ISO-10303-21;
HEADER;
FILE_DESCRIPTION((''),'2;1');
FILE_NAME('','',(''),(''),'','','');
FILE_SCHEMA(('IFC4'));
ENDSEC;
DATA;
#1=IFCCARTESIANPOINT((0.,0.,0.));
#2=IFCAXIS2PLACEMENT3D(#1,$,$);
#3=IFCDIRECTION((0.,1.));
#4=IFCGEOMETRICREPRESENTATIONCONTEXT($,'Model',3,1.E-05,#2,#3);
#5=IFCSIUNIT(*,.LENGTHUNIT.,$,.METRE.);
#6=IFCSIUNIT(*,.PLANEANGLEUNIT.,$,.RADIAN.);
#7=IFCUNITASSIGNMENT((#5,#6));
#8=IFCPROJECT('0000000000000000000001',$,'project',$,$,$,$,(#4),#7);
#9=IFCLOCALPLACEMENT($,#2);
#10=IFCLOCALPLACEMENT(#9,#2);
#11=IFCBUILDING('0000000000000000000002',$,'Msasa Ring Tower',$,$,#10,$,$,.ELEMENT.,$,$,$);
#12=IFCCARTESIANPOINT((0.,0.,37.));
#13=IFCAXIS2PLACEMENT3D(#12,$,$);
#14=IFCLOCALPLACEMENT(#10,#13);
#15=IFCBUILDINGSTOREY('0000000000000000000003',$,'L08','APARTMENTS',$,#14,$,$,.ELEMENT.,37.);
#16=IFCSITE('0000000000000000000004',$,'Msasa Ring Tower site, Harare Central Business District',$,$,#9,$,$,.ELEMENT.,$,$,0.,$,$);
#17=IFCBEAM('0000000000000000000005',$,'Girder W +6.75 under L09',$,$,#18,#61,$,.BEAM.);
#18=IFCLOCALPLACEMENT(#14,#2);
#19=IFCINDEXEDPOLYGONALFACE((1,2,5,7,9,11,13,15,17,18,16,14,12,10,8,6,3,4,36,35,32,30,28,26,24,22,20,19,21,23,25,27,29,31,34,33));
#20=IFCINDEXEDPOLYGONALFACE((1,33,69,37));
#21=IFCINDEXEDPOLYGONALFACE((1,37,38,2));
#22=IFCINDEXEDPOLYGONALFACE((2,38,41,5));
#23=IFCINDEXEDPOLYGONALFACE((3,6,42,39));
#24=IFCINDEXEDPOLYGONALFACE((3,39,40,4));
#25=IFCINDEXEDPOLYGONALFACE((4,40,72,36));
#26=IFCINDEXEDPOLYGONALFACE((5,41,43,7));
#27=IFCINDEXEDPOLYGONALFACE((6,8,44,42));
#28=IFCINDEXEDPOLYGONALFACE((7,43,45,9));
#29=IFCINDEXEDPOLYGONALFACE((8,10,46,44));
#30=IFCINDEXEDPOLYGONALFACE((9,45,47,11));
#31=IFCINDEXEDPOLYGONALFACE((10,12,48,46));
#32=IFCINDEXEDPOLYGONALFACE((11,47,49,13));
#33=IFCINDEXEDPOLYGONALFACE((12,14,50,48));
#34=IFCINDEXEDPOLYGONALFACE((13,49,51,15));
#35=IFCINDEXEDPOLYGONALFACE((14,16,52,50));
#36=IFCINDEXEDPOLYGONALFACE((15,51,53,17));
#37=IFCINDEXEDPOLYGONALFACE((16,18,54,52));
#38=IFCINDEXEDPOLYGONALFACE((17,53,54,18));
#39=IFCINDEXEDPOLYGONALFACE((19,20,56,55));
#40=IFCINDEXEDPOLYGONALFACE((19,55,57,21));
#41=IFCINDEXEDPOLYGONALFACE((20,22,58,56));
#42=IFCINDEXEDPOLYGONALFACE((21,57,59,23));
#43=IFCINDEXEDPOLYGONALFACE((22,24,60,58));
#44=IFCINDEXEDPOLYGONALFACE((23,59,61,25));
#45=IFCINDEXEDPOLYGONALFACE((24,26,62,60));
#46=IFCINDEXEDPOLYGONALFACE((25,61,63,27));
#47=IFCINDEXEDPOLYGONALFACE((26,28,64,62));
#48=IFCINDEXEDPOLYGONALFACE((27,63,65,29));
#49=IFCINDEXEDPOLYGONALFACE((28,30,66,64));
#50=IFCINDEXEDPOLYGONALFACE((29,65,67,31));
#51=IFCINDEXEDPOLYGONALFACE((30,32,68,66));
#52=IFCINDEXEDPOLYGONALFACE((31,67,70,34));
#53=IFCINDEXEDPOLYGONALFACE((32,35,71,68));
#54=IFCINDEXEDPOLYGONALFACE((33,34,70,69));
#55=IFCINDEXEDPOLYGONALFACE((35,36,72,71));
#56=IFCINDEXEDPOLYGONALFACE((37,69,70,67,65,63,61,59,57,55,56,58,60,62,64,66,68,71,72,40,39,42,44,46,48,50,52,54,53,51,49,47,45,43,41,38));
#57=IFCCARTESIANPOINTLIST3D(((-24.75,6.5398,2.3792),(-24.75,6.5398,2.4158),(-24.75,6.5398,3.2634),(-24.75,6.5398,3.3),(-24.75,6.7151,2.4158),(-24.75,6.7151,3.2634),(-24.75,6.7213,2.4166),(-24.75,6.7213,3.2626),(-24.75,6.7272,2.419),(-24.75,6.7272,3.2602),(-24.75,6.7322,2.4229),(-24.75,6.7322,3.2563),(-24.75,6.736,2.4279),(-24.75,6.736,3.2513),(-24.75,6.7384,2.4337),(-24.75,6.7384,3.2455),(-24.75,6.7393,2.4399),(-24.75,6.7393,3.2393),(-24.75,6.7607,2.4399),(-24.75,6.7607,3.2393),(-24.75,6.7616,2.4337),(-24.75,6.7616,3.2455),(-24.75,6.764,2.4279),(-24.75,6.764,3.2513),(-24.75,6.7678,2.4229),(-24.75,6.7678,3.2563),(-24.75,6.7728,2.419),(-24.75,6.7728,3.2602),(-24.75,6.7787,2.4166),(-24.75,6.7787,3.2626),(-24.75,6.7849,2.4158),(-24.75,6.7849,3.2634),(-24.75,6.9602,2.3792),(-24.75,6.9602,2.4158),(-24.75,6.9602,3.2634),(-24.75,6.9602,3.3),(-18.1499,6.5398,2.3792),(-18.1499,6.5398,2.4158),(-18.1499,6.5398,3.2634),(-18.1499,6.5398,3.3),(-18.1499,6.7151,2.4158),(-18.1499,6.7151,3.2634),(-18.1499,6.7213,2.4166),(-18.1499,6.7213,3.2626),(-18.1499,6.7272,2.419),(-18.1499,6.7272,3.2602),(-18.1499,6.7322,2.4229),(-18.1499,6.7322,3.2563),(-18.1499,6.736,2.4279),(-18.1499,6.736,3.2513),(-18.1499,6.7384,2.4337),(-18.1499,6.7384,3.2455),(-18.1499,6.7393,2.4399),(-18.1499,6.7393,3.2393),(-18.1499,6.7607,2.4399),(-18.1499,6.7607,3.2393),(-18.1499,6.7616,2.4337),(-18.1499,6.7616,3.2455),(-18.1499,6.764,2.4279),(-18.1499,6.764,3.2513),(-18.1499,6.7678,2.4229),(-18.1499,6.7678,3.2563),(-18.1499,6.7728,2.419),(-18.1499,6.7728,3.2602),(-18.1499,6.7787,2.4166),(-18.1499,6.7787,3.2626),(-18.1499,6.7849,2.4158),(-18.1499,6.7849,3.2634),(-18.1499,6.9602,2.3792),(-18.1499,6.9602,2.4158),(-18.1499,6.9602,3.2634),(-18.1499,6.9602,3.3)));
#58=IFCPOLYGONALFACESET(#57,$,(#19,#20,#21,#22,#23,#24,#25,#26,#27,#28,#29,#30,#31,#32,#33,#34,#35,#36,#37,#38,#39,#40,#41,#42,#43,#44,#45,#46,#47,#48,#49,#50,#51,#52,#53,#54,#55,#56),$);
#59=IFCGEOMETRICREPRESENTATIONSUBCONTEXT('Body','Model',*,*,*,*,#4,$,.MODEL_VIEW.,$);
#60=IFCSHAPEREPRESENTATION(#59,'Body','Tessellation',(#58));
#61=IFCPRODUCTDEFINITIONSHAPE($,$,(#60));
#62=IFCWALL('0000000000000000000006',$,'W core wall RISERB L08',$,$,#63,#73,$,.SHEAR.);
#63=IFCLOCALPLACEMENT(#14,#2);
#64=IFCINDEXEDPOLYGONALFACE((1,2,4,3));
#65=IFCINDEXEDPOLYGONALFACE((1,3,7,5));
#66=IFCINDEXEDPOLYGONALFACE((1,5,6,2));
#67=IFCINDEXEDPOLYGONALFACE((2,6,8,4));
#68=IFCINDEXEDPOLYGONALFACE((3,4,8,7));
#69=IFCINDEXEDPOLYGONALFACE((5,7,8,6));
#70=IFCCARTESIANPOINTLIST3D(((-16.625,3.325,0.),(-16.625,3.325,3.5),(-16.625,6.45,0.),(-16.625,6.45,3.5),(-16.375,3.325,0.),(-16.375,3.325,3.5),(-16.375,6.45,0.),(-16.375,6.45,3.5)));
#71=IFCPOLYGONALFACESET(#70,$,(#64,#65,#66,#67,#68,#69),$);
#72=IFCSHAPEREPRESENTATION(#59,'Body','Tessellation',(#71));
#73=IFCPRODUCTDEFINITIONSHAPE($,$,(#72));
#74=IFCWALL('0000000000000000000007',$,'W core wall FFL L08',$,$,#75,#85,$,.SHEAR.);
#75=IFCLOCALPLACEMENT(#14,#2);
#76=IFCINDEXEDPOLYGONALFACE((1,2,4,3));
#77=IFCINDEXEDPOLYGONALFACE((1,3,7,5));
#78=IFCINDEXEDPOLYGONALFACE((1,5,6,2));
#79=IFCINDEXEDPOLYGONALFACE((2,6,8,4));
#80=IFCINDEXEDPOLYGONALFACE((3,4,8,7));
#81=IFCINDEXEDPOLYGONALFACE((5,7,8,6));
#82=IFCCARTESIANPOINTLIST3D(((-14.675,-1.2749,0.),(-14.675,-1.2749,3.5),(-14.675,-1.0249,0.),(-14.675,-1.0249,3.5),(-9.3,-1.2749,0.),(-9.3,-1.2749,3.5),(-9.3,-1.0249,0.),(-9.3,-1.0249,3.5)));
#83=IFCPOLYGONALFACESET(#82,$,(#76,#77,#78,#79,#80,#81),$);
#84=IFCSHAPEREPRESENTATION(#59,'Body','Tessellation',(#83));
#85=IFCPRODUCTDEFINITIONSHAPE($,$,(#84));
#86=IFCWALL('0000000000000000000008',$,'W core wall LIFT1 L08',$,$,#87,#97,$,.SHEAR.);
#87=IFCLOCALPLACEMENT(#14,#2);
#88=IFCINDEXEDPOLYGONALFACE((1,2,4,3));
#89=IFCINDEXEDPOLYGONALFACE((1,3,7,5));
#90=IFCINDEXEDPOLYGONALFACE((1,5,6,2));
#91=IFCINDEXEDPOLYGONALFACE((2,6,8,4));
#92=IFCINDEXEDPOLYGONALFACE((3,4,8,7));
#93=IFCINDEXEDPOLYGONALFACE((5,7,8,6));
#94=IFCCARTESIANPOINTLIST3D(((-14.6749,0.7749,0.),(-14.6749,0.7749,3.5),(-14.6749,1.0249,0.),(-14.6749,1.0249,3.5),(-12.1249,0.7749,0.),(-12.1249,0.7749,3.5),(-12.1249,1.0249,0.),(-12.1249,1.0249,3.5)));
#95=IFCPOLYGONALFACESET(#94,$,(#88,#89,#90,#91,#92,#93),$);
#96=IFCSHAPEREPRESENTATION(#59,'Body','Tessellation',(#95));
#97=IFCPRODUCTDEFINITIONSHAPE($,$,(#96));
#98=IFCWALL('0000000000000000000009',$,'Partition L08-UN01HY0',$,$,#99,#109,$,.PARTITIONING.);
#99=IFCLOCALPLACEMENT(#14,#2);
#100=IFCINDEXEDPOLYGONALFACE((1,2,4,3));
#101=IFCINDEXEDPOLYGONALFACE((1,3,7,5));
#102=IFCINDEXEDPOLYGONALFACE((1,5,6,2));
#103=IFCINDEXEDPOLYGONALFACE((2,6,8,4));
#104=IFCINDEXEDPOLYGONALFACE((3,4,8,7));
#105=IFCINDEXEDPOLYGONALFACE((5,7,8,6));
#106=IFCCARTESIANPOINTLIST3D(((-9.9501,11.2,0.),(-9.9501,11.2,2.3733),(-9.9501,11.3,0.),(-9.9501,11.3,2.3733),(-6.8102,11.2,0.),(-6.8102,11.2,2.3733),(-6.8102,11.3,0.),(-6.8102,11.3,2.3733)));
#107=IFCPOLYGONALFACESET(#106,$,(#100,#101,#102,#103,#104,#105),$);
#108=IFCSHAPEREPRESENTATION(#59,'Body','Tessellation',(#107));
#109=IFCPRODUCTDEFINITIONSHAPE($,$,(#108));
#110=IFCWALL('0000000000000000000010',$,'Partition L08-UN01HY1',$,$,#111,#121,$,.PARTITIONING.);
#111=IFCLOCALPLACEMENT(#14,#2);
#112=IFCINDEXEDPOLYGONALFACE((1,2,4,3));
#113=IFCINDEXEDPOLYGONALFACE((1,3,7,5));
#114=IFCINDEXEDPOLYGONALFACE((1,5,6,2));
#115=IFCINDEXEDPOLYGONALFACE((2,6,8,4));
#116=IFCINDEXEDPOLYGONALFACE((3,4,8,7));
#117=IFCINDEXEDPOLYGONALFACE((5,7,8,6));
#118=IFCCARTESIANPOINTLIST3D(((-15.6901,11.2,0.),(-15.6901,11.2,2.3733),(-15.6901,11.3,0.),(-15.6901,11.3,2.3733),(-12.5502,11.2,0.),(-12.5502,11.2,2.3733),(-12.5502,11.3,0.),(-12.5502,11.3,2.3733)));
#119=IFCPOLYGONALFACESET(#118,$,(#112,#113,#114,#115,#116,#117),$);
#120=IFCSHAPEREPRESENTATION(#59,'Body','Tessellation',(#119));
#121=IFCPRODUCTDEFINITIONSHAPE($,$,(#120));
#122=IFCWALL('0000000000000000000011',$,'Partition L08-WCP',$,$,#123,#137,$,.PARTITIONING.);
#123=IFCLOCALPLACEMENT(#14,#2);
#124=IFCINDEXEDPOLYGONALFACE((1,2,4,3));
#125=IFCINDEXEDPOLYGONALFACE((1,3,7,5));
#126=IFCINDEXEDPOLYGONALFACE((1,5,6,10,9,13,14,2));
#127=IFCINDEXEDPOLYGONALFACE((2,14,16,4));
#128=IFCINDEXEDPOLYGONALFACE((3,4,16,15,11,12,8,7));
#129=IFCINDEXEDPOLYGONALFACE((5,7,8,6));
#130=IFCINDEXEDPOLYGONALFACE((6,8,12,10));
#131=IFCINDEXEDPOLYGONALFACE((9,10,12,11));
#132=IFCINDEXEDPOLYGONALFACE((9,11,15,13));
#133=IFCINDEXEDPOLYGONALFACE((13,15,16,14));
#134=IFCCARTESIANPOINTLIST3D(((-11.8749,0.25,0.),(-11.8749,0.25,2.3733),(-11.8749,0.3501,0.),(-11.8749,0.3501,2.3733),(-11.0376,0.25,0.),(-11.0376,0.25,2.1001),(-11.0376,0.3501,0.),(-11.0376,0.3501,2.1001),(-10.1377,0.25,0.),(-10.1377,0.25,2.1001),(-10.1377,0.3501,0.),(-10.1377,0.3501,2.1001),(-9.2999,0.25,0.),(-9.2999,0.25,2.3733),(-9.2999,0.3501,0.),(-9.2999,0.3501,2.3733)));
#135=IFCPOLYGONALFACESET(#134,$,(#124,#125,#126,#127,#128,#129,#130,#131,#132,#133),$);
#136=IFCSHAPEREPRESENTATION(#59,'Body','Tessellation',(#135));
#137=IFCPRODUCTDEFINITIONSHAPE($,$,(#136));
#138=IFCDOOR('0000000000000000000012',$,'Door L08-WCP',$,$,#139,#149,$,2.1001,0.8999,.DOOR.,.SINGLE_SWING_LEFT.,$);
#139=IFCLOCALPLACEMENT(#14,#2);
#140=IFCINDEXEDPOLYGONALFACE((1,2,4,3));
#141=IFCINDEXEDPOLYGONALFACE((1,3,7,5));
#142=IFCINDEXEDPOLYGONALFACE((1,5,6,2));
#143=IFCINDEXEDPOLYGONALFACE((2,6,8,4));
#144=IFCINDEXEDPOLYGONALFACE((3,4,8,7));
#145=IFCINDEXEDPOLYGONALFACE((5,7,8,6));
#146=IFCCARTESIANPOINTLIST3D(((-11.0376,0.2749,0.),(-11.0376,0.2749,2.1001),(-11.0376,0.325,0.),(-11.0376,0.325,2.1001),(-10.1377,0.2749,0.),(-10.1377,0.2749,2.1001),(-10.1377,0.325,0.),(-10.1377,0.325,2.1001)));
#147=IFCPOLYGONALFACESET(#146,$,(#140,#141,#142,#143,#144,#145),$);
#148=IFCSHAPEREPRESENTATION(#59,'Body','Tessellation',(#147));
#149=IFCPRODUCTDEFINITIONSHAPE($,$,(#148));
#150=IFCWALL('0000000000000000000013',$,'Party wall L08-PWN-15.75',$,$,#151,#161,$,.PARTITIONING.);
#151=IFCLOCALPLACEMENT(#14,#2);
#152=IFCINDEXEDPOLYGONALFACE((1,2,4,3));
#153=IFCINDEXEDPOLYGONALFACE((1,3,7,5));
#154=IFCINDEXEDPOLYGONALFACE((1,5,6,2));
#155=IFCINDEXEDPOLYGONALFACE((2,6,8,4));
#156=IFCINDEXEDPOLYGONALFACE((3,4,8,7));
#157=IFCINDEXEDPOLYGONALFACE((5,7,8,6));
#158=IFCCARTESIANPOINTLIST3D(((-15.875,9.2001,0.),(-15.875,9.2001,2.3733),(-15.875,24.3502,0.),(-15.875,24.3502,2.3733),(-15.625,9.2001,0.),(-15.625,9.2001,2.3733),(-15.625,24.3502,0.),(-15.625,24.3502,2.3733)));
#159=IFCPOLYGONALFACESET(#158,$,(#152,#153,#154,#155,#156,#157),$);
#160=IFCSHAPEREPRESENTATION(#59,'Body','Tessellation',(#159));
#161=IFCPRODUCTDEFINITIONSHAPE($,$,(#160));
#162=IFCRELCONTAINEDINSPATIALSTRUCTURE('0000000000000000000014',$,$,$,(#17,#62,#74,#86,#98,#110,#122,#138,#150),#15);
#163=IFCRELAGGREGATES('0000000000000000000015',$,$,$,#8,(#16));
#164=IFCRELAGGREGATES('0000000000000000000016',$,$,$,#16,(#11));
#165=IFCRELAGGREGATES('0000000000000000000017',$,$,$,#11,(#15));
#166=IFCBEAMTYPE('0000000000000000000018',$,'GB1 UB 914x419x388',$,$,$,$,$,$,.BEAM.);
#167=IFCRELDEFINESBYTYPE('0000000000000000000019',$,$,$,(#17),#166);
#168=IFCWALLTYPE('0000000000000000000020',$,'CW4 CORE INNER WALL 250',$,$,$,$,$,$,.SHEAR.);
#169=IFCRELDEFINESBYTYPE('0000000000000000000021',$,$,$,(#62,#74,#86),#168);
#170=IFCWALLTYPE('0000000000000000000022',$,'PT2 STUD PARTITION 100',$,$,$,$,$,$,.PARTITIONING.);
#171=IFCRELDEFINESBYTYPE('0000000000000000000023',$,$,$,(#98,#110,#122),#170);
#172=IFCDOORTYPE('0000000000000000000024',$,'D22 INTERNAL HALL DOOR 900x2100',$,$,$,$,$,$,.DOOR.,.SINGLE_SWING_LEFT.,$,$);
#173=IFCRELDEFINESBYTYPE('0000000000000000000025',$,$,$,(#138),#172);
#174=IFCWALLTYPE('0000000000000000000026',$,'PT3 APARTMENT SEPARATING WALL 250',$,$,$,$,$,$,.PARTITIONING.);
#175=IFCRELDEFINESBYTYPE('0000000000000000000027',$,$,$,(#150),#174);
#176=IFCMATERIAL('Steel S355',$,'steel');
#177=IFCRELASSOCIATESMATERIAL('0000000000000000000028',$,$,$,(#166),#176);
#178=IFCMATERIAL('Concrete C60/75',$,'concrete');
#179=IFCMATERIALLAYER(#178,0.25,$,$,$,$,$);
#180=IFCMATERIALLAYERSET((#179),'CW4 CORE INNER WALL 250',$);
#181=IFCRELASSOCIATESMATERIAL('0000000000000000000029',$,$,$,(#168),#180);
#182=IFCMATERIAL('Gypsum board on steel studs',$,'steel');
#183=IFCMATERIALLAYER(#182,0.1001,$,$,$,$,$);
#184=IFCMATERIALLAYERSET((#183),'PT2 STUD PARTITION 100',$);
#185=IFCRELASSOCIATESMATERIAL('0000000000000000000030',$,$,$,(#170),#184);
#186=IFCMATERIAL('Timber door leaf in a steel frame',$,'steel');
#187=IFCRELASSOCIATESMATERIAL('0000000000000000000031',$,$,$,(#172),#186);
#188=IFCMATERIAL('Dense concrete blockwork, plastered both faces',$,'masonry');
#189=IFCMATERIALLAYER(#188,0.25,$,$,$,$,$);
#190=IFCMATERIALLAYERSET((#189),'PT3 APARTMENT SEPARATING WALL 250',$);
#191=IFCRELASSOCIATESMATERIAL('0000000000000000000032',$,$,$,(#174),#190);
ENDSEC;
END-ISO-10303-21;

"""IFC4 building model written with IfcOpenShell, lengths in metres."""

from ifc_helpers import new_model, si_unit, direction, frame, frame_2d, origin, origin_2d, place, context, subcontext, project, spatial, rectangle, i_section, extrude, material, layer, layer_set, material_profile, profile_set, type_object, element, fill, save


model = new_model("IFC4")

# Units and contexts
model_context = context("Model", 3, precision=1e-05, world=origin(), true_north=direction((0.0, 1.0)))
body_context = subcontext(model_context, "Body", "Model", "MODEL_VIEW")
ifc_project = project(units=[si_unit("LENGTHUNIT", "METRE"), si_unit("PLANEANGLEUNIT", "RADIAN")], contexts=[model_context])

# Site, building, storey
site_placement = place(None, origin())
site = spatial("IfcSite", under=ifc_project, at=site_placement, Name="Msasa Ring Tower site, Harare Central Business District", CompositionType="ELEMENT", RefElevation=0.0)
building_placement = place(site_placement, origin())
building = spatial("IfcBuilding", under=site, at=building_placement, Name="Msasa Ring Tower", CompositionType="ELEMENT")
storey_placement = place(building_placement, frame((0.0, 0.0, 37.0)))
storey = spatial("IfcBuildingStorey", under=building, at=storey_placement, Name="L08", Description="APARTMENTS", CompositionType="ELEMENT", Elevation=37.0)

# Beam
ifc_material_1 = material(Name="Steel S355", Category="steel")
ifc_material_profile = material_profile(ifc_material_1, i_section(OverallWidth=0.4204, OverallDepth=0.9209, WebThickness=0.0215, FlangeThickness=0.0366, FilletRadius=0.0242, at=origin_2d()), Name="UB 914x419x388")
ifc_profile_set = profile_set([ifc_material_profile], Name="Steel S355")
beam_type = type_object("IfcBeamType", Name="GB1 UB 914x419x388", PredefinedType="BEAM", material=ifc_profile_set)
beam_placement = place(storey_placement, frame((-18.1499, 6.75, 2.8396), z_axis=(-1.0, 0.0, 0.0), x_axis=(0.0, -1.0, 0.0)))
element("IfcBeam", 1, at=beam_placement, inside=storey, type_object=beam_type, Name="Girder W +6.75 under L09", PredefinedType="BEAM", context=body_context, shape_type="SweptSolid", body=[
    extrude(i_section(OverallWidth=0.4204, OverallDepth=0.9209, WebThickness=0.0215, FlangeThickness=0.0366, FilletRadius=0.0242, at=origin_2d()), origin(), (0.0, 0.0, 1.0), 6.6001),
])

# Walls
ifc_material_2 = material(Name="Concrete C60/75", Category="concrete")
ifc_layer_1 = layer(ifc_material_2, 0.25)
ifc_layer_set_1 = layer_set([ifc_layer_1], Name="CW4 CORE INNER WALL 250")
wall_type_1 = type_object("IfcWallType", Name="CW4 CORE INNER WALL 250", PredefinedType="SHEAR", material=ifc_layer_set_1)
wall_1_placement = place(storey_placement, frame((-16.5, 3.325, 0.0), z_axis=(0.0, 0.0, 1.0), x_axis=(0.0, 1.0, 0.0)))
element("IfcWall", 2, at=wall_1_placement, inside=storey, type_object=wall_type_1, Name="W core wall RISERB L08", PredefinedType="SHEAR", context=body_context, shape_type="SweptSolid", body=[
    extrude(rectangle(XDim=3.125, YDim=0.25, at=frame_2d((1.5625, 0.0))), origin(), (0.0, 0.0, 1.0), 3.5),
])
wall_2_placement = place(storey_placement, frame((-9.3, -1.1499, 0.0), z_axis=(0.0, 0.0, 1.0), x_axis=(-1.0, 0.0, 0.0)))
element("IfcWall", 3, at=wall_2_placement, inside=storey, type_object=wall_type_1, Name="W core wall FFL L08", PredefinedType="SHEAR", context=body_context, shape_type="SweptSolid", body=[
    extrude(rectangle(XDim=5.375, YDim=0.25, at=frame_2d((2.6875, 0.0))), origin(), (0.0, 0.0, 1.0), 3.5),
])
wall_3_placement = place(storey_placement, frame((-12.125, 0.8999, 0.0), z_axis=(0.0, 0.0, 1.0), x_axis=(-1.0, 0.0, 0.0)))
element("IfcWall", 4, at=wall_3_placement, inside=storey, type_object=wall_type_1, Name="W core wall LIFT1 L08", PredefinedType="SHEAR", context=body_context, shape_type="SweptSolid", body=[
    extrude(rectangle(XDim=2.55, YDim=0.25, at=frame_2d((1.2749, 0.0))), origin(), (0.0, 0.0, 1.0), 3.5),
])
ifc_material_3 = material(Name="Gypsum board on steel studs", Category="steel")
ifc_layer_2 = layer(ifc_material_3, 0.1001)
ifc_layer_set_2 = layer_set([ifc_layer_2], Name="PT2 STUD PARTITION 100")
wall_type_2 = type_object("IfcWallType", Name="PT2 STUD PARTITION 100", PredefinedType="PARTITIONING", material=ifc_layer_set_2)
for number, where, z_axis, x_axis, name in (
    (5, (-9.95, 11.25, 0.0), (0.0, 0.0, 1.0), (1.0, 0.0, 0.0), "Partition L08-UN01HY0"),
    (6, (-15.6899, 11.25, 0.0), (0.0, 0.0, 1.0), (1.0, 0.0, 0.0), "Partition L08-UN01HY1"),
):
    element("IfcWall", number, at=place(storey_placement, frame(where, z_axis=z_axis, x_axis=x_axis)), inside=storey, type_object=wall_type_2, Name=name, PredefinedType="PARTITIONING", context=body_context, shape_type="SweptSolid", body=[
        extrude(rectangle(XDim=3.1399, YDim=0.1001, at=frame_2d((1.5698, 0.0))), origin(), (0.0, 0.0, 1.0), 2.3733),
    ])

# Wall, opening, door
wall_4_placement = place(storey_placement, frame((-11.875, 0.3, 0.0), z_axis=(0.0, 0.0, 1.0), x_axis=(1.0, 0.0, 0.0)))
wall_4 = element("IfcWall", 7, at=wall_4_placement, inside=storey, type_object=wall_type_2, Name="Partition L08-WCP", PredefinedType="PARTITIONING", context=body_context, shape_type="SweptSolid", body=[
    extrude(rectangle(XDim=2.575, YDim=0.1001, at=frame_2d((1.2876, 0.0))), origin(), (0.0, 0.0, 1.0), 2.3733),
])
opening_1_placement = place(wall_4_placement, frame((0.8374, 0.0, 0.0)))
opening_1 = element("IfcOpeningElement", 8, at=opening_1_placement, cuts=wall_4, PredefinedType="OPENING", context=body_context, shape_type="SweptSolid", body=[
    extrude(rectangle(XDim=0.8999, YDim=2.1001, at=frame_2d((0.45, 1.05))), frame((0.0, 0.0601, 0.0), z_axis=(0.0, -1.0, 0.0), x_axis=(1.0, 0.0, 0.0)), (0.0, 0.0, 1.0), 0.1201),
])
ifc_material_4 = material(Name="Timber door leaf in a steel frame", Category="steel")
door_type_1 = type_object("IfcDoorType", Name="D22 INTERNAL HALL DOOR 900x2100", OperationType="SINGLE_SWING_LEFT", PredefinedType="DOOR", material=ifc_material_4)
door_1_placement = place(opening_1_placement, origin())
door_1 = element("IfcDoor", 9, at=door_1_placement, inside=storey, type_object=door_type_1, Name="Door L08-WCP", OperationType="SINGLE_SWING_LEFT", OverallHeight=2.1001, OverallWidth=0.8999, PredefinedType="DOOR", context=body_context, shape_type="SweptSolid", body=[
    extrude(rectangle(XDim=0.8999, YDim=2.1001, at=frame_2d((0.45, 1.05))), frame((0.0, 0.0249, 0.0), z_axis=(0.0, -1.0, 0.0), x_axis=(1.0, 0.0, 0.0)), (0.0, 0.0, 1.0), 0.05),
])
fill(opening_1, door_1)

# Wall
ifc_material_5 = material(Name="Dense concrete blockwork, plastered both faces", Category="masonry")
ifc_layer_3 = layer(ifc_material_5, 0.25)
ifc_layer_set_3 = layer_set([ifc_layer_3], Name="PT3 APARTMENT SEPARATING WALL 250")
wall_type_3 = type_object("IfcWallType", Name="PT3 APARTMENT SEPARATING WALL 250", PredefinedType="PARTITIONING", material=ifc_layer_set_3)
wall_5_placement = place(storey_placement, frame((-15.75, 9.2, 0.0), z_axis=(0.0, 0.0, 1.0), x_axis=(0.0, 1.0, 0.0)))
element("IfcWall", 10, at=wall_5_placement, inside=storey, type_object=wall_type_3, Name="Party wall L08-PWN-15.75", PredefinedType="PARTITIONING", context=body_context, shape_type="SweptSolid", body=[
    extrude(rectangle(XDim=15.1501, YDim=0.25, at=frame_2d((7.5752, 0.0))), origin(), (0.0, 0.0, 1.0), 2.3733),
])

save(model, "model.ifc")
